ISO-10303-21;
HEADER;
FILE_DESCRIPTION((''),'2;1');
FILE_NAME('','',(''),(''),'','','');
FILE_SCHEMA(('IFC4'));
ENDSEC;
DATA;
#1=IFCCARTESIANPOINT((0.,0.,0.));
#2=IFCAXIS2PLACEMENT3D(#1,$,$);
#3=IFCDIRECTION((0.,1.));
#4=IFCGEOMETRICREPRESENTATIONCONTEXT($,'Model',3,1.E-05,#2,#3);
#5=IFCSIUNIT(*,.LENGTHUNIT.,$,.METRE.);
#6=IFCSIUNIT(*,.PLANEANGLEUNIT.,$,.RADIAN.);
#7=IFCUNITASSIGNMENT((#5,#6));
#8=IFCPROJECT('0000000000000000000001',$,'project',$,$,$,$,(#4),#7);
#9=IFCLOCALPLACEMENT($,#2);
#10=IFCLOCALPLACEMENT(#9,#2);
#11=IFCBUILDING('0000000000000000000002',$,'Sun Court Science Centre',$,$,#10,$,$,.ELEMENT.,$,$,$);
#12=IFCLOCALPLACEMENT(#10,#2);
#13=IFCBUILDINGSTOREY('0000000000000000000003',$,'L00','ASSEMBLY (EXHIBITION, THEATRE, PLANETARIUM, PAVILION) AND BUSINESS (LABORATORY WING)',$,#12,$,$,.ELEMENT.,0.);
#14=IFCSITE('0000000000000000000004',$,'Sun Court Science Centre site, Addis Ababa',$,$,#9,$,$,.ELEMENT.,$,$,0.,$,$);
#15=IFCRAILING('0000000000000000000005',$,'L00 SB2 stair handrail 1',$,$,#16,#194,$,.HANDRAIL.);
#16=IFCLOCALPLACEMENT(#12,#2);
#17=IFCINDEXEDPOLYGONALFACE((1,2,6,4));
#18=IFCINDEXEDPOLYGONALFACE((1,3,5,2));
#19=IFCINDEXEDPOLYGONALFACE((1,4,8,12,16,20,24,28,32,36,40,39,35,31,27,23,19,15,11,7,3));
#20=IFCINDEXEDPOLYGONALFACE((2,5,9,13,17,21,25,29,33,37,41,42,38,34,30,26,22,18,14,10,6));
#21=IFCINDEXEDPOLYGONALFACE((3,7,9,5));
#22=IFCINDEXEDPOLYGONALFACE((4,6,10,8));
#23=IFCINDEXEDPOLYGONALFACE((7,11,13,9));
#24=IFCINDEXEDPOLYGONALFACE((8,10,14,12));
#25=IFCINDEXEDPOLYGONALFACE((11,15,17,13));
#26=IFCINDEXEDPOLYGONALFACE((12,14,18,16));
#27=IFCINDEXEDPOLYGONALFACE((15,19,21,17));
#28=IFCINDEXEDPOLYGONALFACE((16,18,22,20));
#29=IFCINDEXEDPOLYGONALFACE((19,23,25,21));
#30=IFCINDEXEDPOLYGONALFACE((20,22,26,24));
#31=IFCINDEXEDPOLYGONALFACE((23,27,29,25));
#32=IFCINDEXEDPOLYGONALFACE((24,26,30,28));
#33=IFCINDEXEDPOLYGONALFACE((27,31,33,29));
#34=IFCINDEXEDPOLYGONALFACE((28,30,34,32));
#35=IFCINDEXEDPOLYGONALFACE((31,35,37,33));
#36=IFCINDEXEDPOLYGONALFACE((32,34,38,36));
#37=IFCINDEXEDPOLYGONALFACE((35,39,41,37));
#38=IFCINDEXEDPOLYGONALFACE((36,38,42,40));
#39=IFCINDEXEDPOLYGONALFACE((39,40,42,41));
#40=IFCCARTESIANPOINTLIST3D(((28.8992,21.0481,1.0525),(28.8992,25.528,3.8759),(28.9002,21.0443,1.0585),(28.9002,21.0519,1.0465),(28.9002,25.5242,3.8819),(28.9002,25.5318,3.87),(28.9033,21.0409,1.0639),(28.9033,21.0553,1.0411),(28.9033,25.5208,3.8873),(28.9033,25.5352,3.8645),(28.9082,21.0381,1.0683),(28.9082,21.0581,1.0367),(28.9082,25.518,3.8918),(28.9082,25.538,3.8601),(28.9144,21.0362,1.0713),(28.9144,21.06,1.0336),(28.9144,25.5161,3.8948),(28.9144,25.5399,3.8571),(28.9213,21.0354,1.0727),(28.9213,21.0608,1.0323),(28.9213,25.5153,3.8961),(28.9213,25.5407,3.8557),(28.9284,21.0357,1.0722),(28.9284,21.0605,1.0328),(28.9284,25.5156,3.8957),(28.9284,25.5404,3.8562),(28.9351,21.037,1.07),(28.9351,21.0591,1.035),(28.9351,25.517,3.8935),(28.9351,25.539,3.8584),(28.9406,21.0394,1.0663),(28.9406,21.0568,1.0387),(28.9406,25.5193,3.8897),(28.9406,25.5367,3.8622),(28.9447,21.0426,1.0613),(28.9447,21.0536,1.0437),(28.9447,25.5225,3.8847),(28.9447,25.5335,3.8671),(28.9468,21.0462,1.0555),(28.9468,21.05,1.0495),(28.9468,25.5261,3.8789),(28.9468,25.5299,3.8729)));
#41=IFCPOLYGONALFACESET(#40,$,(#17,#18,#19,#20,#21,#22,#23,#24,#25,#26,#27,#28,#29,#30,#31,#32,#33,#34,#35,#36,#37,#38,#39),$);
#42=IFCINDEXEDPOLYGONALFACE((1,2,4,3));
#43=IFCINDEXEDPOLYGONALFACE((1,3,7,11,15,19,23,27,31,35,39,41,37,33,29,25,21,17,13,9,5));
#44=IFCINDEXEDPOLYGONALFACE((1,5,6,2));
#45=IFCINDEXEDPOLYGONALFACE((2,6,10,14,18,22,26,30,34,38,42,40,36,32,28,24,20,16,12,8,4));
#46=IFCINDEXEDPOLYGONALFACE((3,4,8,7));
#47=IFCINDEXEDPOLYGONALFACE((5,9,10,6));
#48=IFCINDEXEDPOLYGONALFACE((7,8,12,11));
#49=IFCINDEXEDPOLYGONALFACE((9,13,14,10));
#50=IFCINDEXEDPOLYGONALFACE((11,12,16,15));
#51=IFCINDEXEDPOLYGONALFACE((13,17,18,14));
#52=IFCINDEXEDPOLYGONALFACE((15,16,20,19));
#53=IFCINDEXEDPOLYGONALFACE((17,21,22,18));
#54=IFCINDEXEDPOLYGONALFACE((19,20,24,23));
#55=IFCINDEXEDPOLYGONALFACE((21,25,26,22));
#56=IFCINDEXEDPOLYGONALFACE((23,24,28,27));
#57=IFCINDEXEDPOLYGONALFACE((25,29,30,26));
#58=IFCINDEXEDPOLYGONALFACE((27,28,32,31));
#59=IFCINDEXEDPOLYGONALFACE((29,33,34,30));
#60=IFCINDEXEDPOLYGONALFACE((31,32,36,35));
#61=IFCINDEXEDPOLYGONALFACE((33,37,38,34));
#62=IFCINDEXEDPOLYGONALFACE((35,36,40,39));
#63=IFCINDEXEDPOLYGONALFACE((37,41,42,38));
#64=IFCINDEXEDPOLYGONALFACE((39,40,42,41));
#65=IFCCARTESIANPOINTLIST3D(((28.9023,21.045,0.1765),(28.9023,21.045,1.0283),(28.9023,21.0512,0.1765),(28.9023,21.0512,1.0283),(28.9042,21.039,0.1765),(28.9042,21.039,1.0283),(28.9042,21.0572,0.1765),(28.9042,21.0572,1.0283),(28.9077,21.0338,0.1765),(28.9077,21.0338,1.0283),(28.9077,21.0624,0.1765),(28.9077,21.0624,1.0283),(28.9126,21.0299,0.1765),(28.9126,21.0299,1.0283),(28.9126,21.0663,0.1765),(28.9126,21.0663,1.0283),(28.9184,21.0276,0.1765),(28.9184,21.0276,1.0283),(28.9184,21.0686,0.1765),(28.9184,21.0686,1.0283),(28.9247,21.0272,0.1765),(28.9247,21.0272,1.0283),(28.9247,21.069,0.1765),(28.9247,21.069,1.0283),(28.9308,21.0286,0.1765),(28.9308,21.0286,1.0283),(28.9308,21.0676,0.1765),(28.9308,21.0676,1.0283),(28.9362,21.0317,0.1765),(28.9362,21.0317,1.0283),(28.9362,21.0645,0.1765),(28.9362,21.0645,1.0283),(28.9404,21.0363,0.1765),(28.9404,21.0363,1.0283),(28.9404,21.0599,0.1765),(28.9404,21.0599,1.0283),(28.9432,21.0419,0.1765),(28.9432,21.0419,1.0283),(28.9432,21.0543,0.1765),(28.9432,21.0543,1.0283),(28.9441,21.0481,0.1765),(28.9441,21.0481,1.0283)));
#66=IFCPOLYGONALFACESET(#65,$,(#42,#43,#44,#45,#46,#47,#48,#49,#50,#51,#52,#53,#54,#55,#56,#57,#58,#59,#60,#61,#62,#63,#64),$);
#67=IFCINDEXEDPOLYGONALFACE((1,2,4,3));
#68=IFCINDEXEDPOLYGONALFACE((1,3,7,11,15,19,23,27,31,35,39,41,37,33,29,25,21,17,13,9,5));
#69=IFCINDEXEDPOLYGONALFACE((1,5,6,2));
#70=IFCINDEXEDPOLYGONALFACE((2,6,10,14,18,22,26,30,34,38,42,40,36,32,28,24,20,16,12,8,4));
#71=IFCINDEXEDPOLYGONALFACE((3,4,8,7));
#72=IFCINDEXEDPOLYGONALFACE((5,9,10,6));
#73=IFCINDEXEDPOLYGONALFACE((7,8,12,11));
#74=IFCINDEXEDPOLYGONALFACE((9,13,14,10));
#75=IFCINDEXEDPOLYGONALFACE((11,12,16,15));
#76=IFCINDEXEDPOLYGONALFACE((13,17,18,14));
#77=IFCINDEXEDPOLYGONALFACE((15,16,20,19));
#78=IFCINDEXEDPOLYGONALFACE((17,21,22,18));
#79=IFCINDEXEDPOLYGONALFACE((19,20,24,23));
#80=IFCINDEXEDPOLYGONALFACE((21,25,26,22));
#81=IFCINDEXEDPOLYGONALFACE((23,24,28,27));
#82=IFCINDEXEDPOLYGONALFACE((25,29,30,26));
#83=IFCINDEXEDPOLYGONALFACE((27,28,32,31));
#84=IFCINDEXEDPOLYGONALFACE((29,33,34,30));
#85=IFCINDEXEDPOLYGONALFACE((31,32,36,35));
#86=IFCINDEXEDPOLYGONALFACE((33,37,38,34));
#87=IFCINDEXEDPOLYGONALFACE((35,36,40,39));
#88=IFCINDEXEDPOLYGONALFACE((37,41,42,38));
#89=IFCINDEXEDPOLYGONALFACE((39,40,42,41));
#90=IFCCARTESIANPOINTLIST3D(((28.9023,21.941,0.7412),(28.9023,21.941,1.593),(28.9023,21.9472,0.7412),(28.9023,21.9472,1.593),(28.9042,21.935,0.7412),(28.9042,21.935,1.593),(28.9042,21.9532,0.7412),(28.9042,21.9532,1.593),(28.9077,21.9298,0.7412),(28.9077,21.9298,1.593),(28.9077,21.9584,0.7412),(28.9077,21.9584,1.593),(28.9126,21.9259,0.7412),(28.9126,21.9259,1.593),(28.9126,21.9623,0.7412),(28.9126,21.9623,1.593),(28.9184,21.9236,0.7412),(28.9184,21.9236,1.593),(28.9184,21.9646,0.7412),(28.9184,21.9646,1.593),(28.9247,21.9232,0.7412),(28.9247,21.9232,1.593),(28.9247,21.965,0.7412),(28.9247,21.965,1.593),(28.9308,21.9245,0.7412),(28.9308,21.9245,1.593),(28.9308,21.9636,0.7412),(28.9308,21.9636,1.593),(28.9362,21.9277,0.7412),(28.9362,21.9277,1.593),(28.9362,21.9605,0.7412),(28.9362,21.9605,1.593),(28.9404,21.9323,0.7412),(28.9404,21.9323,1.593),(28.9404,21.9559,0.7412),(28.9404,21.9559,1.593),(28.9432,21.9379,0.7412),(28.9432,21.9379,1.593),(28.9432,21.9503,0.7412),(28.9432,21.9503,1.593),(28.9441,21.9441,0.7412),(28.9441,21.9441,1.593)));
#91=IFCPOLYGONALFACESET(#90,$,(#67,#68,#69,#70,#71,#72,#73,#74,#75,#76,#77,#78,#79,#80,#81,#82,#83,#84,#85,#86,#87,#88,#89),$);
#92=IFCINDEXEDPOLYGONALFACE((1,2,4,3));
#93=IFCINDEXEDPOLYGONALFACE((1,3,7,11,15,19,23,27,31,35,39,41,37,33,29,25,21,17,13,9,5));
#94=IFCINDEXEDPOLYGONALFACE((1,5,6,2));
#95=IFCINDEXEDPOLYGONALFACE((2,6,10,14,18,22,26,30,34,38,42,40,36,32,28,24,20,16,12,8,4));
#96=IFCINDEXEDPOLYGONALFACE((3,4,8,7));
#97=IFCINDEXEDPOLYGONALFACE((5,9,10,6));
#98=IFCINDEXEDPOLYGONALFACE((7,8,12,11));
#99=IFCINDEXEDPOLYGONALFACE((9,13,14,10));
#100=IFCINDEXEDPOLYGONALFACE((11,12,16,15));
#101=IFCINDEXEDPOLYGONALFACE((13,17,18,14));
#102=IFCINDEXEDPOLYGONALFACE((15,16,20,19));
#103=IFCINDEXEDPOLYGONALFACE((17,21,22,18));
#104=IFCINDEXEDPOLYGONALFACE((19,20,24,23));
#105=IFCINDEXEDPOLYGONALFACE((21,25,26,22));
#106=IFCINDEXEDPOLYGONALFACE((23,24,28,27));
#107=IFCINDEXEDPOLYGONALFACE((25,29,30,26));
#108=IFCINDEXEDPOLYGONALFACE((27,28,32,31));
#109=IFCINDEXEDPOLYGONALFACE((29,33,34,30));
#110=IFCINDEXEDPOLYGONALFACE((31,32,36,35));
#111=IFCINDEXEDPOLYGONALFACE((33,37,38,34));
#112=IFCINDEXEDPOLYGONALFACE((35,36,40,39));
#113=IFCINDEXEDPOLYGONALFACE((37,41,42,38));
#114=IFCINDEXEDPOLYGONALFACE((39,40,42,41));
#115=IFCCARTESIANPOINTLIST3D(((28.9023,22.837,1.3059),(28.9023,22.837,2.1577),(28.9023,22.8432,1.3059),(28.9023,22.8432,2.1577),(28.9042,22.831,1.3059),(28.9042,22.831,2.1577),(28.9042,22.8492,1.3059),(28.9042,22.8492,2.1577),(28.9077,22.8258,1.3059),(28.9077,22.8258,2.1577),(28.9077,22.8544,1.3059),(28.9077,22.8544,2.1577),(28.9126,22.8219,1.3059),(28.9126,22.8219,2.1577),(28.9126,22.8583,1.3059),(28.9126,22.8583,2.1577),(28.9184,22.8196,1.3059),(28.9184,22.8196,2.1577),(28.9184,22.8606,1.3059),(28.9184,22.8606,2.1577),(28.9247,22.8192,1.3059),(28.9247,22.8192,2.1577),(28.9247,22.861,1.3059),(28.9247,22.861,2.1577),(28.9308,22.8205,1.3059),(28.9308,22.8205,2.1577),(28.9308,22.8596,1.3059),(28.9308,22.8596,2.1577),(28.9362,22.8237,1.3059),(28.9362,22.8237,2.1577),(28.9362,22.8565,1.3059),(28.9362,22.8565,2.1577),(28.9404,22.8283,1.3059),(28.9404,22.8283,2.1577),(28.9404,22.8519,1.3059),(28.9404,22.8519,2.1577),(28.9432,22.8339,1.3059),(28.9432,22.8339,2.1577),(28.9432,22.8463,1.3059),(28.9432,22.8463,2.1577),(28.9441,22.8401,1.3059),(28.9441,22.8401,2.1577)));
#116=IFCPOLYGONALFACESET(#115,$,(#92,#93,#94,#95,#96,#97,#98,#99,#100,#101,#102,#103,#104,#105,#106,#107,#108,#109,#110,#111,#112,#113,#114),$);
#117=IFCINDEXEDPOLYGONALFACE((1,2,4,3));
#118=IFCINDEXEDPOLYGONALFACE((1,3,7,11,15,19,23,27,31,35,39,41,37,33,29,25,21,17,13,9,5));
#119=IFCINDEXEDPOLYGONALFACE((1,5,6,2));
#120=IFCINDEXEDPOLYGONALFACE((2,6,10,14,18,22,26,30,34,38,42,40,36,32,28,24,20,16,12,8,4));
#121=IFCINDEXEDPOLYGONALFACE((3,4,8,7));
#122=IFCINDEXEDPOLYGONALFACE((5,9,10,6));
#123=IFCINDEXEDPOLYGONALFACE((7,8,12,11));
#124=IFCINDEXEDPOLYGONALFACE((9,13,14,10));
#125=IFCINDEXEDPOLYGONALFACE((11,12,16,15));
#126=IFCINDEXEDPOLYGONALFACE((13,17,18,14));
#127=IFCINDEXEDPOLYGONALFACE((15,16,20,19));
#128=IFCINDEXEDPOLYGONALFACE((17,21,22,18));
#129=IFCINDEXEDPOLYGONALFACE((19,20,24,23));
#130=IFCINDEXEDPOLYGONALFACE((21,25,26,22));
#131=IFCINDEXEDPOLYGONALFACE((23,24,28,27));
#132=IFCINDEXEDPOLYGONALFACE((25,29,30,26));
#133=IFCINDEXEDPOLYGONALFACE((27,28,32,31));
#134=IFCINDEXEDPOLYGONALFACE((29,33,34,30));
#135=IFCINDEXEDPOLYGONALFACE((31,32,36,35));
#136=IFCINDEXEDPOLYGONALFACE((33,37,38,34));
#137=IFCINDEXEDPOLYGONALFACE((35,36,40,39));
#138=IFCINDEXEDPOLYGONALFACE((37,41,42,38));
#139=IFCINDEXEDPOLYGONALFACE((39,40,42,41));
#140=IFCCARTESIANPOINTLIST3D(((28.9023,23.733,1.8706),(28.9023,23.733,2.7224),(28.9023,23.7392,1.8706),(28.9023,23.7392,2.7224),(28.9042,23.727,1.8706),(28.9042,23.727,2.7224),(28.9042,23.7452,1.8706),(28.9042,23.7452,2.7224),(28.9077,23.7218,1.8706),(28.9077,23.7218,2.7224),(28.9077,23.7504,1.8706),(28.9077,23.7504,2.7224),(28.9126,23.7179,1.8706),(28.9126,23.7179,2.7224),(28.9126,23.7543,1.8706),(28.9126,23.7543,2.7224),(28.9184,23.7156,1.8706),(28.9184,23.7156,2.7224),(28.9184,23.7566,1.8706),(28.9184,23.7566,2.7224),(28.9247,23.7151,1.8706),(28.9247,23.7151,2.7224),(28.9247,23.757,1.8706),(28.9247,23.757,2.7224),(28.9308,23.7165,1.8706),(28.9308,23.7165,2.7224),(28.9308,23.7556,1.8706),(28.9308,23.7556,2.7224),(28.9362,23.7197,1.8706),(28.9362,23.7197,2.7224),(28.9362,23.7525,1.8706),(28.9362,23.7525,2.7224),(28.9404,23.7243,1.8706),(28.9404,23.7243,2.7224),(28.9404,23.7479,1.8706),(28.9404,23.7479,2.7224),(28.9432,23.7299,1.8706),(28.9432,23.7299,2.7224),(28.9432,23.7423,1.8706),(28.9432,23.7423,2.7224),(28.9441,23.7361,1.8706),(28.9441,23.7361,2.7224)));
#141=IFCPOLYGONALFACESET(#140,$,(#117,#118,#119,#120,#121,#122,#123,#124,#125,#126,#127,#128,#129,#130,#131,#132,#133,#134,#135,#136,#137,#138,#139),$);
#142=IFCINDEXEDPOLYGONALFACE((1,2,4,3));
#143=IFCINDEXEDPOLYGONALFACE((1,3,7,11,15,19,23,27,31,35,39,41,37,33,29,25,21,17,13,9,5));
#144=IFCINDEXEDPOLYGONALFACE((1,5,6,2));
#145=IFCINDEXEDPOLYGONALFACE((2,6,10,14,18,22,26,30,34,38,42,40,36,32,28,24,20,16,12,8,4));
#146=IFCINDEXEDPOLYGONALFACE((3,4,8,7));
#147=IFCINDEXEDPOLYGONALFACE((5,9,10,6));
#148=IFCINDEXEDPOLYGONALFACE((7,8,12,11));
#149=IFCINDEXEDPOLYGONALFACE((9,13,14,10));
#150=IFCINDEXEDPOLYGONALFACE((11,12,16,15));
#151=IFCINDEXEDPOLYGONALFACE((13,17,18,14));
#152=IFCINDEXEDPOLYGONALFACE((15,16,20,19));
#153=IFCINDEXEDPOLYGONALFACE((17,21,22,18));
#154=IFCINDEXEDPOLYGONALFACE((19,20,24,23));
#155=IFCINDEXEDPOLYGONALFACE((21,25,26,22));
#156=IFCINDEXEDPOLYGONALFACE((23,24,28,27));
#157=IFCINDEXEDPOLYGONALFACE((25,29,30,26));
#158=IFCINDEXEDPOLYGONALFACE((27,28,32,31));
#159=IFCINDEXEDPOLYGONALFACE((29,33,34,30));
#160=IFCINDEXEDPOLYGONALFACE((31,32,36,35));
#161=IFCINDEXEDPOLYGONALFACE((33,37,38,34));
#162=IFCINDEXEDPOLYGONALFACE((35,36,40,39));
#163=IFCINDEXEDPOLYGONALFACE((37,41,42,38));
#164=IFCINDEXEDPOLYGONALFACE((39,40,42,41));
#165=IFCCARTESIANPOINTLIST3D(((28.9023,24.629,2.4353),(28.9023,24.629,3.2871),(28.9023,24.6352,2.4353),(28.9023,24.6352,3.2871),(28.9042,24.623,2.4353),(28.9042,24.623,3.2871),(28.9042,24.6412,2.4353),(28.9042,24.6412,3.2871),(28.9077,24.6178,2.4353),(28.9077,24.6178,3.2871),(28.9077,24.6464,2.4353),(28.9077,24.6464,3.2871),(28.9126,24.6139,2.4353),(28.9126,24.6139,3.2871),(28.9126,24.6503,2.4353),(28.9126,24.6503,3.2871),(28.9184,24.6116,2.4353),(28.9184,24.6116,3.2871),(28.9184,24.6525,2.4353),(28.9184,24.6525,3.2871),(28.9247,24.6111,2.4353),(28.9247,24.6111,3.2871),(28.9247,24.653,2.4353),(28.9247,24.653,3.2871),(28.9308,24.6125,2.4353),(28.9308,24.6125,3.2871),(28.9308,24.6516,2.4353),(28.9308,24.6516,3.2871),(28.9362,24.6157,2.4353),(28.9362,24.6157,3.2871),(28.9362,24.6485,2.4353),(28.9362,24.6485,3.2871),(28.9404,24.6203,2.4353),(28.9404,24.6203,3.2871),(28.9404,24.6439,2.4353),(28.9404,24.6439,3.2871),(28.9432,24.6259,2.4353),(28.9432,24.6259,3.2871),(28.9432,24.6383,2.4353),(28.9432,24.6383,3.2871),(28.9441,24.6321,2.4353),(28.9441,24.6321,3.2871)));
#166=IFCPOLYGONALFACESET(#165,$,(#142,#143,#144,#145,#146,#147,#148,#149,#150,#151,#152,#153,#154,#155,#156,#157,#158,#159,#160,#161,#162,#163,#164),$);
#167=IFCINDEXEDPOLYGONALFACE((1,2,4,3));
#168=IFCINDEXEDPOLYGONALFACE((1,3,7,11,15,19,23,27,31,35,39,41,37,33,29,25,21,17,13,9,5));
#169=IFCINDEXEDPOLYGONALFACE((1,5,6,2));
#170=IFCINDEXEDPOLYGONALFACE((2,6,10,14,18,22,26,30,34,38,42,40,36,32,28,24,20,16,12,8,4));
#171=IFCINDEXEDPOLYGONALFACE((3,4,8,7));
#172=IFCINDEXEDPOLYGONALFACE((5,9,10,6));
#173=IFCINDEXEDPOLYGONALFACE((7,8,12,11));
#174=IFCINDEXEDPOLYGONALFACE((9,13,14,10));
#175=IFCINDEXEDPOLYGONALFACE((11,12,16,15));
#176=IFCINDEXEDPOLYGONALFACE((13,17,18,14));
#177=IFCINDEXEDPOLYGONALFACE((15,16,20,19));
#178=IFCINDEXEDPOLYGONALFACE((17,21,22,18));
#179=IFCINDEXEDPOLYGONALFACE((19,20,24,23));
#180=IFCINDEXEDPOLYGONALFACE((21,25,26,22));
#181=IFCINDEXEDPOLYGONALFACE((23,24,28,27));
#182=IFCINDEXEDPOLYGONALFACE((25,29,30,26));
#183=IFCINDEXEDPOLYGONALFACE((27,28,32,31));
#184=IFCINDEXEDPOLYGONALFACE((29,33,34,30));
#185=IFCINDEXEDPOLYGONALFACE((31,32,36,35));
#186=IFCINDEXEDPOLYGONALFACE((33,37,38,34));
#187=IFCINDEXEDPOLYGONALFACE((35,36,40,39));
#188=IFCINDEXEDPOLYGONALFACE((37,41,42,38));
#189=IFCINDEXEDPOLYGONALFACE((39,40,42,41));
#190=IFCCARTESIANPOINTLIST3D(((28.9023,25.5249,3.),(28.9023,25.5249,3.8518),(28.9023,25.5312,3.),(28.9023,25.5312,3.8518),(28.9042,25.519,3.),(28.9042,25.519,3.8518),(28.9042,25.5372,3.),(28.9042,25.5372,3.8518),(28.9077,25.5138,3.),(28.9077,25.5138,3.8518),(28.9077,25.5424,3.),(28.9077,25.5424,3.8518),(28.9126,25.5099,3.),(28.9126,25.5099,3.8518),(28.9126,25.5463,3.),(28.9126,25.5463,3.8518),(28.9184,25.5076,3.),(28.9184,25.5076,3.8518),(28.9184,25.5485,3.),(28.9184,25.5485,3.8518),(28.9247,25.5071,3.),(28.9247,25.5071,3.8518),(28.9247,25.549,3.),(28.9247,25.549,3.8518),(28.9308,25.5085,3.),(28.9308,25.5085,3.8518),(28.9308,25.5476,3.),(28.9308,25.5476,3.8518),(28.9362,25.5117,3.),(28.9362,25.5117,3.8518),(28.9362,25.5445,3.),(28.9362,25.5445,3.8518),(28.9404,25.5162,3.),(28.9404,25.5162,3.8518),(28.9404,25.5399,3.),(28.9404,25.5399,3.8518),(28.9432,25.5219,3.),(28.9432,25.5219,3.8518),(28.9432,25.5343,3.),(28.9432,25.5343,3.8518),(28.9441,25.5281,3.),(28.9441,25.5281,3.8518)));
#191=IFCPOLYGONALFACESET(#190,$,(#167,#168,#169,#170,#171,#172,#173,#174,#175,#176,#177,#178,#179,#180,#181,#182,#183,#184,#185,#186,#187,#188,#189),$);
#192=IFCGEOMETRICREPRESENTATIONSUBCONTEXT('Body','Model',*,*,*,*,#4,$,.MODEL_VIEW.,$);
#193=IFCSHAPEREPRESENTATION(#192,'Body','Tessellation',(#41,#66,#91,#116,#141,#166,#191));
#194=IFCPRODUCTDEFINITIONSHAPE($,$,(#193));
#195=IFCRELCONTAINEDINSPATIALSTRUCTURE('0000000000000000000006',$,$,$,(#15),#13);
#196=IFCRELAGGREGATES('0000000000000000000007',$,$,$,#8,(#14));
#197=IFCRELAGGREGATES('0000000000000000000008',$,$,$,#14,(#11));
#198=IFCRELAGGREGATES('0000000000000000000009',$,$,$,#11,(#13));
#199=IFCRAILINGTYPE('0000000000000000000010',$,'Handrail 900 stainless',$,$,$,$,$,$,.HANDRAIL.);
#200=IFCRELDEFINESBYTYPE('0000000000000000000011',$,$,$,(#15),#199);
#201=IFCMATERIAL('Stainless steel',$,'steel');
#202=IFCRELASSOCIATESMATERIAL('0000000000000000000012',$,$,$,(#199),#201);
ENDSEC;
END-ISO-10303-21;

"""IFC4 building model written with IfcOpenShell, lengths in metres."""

from ifc_helpers import new_model, si_unit, direction, frame, origin, origin_2d, place, context, subcontext, project, spatial, circle, extrude, material, type_object, element, save


model = new_model("IFC4")

# Units and contexts
model_context = context("Model", 3, precision=1e-05, world=origin(), true_north=direction((0.0, 1.0)))
body_context = subcontext(model_context, "Body", "Model", "MODEL_VIEW")
ifc_project = project(units=[si_unit("LENGTHUNIT", "METRE"), si_unit("PLANEANGLEUNIT", "RADIAN")], contexts=[model_context])

# Site, building, storey
site_placement = place(None, origin())
site = spatial("IfcSite", under=ifc_project, at=site_placement, Name="Sun Court Science Centre site, Addis Ababa", CompositionType="ELEMENT", RefElevation=0.0)
building_placement = place(site_placement, origin())
building = spatial("IfcBuilding", under=site, at=building_placement, Name="Sun Court Science Centre", CompositionType="ELEMENT")
storey_placement = place(building_placement, origin())
storey = spatial("IfcBuildingStorey", under=building, at=storey_placement, Name="L00", Description="ASSEMBLY (EXHIBITION, THEATRE, PLANETARIUM, PAVILION) AND BUSINESS (LABORATORY WING)", CompositionType="ELEMENT", Elevation=0.0)

# Railing
ifc_material_1 = material(Name="Stainless steel", Category="steel")
railing_type_1 = type_object("IfcRailingType", Name="Handrail 900 stainless", PredefinedType="HANDRAIL", material=ifc_material_1)
railing_1_placement = place(storey_placement, frame((28.9231, 21.0481, 0.1765)))
element("IfcRailing", 1, at=railing_1_placement, inside=storey, type_object=railing_type_1, Name="L00 SB2 stair handrail 1", PredefinedType="HANDRAIL", context=body_context, shape_type="SweptSolid", body=[
    extrude(circle(Radius=0.0239, at=origin_2d()), frame((0.0, 0.0, 0.876), z_axis=(0.0, 0.845998, 0.533186), x_axis=(-1.0, 0.0, 0.0)), (0.0, 0.0, 1.0), 5.2954),
    extrude(circle(Radius=0.021, at=origin_2d()), origin(), (0.0, 0.0, 1.0), 0.8518),
    extrude(circle(Radius=0.021, at=origin_2d()), frame((0.0, 0.896, 0.5647)), (0.0, 0.0, 1.0), 0.8518),
    extrude(circle(Radius=0.021, at=origin_2d()), frame((0.0, 1.792, 1.1294)), (0.0, 0.0, 1.0), 0.8518),
    extrude(circle(Radius=0.021, at=origin_2d()), frame((0.0, 2.688, 1.6941)), (0.0, 0.0, 1.0), 0.8518),
    extrude(circle(Radius=0.021, at=origin_2d()), frame((0.0, 3.584, 2.2588)), (0.0, 0.0, 1.0), 0.8518),
    extrude(circle(Radius=0.021, at=origin_2d()), frame((0.0, 4.48, 2.8235)), (0.0, 0.0, 1.0), 0.8518),
])

save(model, "model.ifc")
